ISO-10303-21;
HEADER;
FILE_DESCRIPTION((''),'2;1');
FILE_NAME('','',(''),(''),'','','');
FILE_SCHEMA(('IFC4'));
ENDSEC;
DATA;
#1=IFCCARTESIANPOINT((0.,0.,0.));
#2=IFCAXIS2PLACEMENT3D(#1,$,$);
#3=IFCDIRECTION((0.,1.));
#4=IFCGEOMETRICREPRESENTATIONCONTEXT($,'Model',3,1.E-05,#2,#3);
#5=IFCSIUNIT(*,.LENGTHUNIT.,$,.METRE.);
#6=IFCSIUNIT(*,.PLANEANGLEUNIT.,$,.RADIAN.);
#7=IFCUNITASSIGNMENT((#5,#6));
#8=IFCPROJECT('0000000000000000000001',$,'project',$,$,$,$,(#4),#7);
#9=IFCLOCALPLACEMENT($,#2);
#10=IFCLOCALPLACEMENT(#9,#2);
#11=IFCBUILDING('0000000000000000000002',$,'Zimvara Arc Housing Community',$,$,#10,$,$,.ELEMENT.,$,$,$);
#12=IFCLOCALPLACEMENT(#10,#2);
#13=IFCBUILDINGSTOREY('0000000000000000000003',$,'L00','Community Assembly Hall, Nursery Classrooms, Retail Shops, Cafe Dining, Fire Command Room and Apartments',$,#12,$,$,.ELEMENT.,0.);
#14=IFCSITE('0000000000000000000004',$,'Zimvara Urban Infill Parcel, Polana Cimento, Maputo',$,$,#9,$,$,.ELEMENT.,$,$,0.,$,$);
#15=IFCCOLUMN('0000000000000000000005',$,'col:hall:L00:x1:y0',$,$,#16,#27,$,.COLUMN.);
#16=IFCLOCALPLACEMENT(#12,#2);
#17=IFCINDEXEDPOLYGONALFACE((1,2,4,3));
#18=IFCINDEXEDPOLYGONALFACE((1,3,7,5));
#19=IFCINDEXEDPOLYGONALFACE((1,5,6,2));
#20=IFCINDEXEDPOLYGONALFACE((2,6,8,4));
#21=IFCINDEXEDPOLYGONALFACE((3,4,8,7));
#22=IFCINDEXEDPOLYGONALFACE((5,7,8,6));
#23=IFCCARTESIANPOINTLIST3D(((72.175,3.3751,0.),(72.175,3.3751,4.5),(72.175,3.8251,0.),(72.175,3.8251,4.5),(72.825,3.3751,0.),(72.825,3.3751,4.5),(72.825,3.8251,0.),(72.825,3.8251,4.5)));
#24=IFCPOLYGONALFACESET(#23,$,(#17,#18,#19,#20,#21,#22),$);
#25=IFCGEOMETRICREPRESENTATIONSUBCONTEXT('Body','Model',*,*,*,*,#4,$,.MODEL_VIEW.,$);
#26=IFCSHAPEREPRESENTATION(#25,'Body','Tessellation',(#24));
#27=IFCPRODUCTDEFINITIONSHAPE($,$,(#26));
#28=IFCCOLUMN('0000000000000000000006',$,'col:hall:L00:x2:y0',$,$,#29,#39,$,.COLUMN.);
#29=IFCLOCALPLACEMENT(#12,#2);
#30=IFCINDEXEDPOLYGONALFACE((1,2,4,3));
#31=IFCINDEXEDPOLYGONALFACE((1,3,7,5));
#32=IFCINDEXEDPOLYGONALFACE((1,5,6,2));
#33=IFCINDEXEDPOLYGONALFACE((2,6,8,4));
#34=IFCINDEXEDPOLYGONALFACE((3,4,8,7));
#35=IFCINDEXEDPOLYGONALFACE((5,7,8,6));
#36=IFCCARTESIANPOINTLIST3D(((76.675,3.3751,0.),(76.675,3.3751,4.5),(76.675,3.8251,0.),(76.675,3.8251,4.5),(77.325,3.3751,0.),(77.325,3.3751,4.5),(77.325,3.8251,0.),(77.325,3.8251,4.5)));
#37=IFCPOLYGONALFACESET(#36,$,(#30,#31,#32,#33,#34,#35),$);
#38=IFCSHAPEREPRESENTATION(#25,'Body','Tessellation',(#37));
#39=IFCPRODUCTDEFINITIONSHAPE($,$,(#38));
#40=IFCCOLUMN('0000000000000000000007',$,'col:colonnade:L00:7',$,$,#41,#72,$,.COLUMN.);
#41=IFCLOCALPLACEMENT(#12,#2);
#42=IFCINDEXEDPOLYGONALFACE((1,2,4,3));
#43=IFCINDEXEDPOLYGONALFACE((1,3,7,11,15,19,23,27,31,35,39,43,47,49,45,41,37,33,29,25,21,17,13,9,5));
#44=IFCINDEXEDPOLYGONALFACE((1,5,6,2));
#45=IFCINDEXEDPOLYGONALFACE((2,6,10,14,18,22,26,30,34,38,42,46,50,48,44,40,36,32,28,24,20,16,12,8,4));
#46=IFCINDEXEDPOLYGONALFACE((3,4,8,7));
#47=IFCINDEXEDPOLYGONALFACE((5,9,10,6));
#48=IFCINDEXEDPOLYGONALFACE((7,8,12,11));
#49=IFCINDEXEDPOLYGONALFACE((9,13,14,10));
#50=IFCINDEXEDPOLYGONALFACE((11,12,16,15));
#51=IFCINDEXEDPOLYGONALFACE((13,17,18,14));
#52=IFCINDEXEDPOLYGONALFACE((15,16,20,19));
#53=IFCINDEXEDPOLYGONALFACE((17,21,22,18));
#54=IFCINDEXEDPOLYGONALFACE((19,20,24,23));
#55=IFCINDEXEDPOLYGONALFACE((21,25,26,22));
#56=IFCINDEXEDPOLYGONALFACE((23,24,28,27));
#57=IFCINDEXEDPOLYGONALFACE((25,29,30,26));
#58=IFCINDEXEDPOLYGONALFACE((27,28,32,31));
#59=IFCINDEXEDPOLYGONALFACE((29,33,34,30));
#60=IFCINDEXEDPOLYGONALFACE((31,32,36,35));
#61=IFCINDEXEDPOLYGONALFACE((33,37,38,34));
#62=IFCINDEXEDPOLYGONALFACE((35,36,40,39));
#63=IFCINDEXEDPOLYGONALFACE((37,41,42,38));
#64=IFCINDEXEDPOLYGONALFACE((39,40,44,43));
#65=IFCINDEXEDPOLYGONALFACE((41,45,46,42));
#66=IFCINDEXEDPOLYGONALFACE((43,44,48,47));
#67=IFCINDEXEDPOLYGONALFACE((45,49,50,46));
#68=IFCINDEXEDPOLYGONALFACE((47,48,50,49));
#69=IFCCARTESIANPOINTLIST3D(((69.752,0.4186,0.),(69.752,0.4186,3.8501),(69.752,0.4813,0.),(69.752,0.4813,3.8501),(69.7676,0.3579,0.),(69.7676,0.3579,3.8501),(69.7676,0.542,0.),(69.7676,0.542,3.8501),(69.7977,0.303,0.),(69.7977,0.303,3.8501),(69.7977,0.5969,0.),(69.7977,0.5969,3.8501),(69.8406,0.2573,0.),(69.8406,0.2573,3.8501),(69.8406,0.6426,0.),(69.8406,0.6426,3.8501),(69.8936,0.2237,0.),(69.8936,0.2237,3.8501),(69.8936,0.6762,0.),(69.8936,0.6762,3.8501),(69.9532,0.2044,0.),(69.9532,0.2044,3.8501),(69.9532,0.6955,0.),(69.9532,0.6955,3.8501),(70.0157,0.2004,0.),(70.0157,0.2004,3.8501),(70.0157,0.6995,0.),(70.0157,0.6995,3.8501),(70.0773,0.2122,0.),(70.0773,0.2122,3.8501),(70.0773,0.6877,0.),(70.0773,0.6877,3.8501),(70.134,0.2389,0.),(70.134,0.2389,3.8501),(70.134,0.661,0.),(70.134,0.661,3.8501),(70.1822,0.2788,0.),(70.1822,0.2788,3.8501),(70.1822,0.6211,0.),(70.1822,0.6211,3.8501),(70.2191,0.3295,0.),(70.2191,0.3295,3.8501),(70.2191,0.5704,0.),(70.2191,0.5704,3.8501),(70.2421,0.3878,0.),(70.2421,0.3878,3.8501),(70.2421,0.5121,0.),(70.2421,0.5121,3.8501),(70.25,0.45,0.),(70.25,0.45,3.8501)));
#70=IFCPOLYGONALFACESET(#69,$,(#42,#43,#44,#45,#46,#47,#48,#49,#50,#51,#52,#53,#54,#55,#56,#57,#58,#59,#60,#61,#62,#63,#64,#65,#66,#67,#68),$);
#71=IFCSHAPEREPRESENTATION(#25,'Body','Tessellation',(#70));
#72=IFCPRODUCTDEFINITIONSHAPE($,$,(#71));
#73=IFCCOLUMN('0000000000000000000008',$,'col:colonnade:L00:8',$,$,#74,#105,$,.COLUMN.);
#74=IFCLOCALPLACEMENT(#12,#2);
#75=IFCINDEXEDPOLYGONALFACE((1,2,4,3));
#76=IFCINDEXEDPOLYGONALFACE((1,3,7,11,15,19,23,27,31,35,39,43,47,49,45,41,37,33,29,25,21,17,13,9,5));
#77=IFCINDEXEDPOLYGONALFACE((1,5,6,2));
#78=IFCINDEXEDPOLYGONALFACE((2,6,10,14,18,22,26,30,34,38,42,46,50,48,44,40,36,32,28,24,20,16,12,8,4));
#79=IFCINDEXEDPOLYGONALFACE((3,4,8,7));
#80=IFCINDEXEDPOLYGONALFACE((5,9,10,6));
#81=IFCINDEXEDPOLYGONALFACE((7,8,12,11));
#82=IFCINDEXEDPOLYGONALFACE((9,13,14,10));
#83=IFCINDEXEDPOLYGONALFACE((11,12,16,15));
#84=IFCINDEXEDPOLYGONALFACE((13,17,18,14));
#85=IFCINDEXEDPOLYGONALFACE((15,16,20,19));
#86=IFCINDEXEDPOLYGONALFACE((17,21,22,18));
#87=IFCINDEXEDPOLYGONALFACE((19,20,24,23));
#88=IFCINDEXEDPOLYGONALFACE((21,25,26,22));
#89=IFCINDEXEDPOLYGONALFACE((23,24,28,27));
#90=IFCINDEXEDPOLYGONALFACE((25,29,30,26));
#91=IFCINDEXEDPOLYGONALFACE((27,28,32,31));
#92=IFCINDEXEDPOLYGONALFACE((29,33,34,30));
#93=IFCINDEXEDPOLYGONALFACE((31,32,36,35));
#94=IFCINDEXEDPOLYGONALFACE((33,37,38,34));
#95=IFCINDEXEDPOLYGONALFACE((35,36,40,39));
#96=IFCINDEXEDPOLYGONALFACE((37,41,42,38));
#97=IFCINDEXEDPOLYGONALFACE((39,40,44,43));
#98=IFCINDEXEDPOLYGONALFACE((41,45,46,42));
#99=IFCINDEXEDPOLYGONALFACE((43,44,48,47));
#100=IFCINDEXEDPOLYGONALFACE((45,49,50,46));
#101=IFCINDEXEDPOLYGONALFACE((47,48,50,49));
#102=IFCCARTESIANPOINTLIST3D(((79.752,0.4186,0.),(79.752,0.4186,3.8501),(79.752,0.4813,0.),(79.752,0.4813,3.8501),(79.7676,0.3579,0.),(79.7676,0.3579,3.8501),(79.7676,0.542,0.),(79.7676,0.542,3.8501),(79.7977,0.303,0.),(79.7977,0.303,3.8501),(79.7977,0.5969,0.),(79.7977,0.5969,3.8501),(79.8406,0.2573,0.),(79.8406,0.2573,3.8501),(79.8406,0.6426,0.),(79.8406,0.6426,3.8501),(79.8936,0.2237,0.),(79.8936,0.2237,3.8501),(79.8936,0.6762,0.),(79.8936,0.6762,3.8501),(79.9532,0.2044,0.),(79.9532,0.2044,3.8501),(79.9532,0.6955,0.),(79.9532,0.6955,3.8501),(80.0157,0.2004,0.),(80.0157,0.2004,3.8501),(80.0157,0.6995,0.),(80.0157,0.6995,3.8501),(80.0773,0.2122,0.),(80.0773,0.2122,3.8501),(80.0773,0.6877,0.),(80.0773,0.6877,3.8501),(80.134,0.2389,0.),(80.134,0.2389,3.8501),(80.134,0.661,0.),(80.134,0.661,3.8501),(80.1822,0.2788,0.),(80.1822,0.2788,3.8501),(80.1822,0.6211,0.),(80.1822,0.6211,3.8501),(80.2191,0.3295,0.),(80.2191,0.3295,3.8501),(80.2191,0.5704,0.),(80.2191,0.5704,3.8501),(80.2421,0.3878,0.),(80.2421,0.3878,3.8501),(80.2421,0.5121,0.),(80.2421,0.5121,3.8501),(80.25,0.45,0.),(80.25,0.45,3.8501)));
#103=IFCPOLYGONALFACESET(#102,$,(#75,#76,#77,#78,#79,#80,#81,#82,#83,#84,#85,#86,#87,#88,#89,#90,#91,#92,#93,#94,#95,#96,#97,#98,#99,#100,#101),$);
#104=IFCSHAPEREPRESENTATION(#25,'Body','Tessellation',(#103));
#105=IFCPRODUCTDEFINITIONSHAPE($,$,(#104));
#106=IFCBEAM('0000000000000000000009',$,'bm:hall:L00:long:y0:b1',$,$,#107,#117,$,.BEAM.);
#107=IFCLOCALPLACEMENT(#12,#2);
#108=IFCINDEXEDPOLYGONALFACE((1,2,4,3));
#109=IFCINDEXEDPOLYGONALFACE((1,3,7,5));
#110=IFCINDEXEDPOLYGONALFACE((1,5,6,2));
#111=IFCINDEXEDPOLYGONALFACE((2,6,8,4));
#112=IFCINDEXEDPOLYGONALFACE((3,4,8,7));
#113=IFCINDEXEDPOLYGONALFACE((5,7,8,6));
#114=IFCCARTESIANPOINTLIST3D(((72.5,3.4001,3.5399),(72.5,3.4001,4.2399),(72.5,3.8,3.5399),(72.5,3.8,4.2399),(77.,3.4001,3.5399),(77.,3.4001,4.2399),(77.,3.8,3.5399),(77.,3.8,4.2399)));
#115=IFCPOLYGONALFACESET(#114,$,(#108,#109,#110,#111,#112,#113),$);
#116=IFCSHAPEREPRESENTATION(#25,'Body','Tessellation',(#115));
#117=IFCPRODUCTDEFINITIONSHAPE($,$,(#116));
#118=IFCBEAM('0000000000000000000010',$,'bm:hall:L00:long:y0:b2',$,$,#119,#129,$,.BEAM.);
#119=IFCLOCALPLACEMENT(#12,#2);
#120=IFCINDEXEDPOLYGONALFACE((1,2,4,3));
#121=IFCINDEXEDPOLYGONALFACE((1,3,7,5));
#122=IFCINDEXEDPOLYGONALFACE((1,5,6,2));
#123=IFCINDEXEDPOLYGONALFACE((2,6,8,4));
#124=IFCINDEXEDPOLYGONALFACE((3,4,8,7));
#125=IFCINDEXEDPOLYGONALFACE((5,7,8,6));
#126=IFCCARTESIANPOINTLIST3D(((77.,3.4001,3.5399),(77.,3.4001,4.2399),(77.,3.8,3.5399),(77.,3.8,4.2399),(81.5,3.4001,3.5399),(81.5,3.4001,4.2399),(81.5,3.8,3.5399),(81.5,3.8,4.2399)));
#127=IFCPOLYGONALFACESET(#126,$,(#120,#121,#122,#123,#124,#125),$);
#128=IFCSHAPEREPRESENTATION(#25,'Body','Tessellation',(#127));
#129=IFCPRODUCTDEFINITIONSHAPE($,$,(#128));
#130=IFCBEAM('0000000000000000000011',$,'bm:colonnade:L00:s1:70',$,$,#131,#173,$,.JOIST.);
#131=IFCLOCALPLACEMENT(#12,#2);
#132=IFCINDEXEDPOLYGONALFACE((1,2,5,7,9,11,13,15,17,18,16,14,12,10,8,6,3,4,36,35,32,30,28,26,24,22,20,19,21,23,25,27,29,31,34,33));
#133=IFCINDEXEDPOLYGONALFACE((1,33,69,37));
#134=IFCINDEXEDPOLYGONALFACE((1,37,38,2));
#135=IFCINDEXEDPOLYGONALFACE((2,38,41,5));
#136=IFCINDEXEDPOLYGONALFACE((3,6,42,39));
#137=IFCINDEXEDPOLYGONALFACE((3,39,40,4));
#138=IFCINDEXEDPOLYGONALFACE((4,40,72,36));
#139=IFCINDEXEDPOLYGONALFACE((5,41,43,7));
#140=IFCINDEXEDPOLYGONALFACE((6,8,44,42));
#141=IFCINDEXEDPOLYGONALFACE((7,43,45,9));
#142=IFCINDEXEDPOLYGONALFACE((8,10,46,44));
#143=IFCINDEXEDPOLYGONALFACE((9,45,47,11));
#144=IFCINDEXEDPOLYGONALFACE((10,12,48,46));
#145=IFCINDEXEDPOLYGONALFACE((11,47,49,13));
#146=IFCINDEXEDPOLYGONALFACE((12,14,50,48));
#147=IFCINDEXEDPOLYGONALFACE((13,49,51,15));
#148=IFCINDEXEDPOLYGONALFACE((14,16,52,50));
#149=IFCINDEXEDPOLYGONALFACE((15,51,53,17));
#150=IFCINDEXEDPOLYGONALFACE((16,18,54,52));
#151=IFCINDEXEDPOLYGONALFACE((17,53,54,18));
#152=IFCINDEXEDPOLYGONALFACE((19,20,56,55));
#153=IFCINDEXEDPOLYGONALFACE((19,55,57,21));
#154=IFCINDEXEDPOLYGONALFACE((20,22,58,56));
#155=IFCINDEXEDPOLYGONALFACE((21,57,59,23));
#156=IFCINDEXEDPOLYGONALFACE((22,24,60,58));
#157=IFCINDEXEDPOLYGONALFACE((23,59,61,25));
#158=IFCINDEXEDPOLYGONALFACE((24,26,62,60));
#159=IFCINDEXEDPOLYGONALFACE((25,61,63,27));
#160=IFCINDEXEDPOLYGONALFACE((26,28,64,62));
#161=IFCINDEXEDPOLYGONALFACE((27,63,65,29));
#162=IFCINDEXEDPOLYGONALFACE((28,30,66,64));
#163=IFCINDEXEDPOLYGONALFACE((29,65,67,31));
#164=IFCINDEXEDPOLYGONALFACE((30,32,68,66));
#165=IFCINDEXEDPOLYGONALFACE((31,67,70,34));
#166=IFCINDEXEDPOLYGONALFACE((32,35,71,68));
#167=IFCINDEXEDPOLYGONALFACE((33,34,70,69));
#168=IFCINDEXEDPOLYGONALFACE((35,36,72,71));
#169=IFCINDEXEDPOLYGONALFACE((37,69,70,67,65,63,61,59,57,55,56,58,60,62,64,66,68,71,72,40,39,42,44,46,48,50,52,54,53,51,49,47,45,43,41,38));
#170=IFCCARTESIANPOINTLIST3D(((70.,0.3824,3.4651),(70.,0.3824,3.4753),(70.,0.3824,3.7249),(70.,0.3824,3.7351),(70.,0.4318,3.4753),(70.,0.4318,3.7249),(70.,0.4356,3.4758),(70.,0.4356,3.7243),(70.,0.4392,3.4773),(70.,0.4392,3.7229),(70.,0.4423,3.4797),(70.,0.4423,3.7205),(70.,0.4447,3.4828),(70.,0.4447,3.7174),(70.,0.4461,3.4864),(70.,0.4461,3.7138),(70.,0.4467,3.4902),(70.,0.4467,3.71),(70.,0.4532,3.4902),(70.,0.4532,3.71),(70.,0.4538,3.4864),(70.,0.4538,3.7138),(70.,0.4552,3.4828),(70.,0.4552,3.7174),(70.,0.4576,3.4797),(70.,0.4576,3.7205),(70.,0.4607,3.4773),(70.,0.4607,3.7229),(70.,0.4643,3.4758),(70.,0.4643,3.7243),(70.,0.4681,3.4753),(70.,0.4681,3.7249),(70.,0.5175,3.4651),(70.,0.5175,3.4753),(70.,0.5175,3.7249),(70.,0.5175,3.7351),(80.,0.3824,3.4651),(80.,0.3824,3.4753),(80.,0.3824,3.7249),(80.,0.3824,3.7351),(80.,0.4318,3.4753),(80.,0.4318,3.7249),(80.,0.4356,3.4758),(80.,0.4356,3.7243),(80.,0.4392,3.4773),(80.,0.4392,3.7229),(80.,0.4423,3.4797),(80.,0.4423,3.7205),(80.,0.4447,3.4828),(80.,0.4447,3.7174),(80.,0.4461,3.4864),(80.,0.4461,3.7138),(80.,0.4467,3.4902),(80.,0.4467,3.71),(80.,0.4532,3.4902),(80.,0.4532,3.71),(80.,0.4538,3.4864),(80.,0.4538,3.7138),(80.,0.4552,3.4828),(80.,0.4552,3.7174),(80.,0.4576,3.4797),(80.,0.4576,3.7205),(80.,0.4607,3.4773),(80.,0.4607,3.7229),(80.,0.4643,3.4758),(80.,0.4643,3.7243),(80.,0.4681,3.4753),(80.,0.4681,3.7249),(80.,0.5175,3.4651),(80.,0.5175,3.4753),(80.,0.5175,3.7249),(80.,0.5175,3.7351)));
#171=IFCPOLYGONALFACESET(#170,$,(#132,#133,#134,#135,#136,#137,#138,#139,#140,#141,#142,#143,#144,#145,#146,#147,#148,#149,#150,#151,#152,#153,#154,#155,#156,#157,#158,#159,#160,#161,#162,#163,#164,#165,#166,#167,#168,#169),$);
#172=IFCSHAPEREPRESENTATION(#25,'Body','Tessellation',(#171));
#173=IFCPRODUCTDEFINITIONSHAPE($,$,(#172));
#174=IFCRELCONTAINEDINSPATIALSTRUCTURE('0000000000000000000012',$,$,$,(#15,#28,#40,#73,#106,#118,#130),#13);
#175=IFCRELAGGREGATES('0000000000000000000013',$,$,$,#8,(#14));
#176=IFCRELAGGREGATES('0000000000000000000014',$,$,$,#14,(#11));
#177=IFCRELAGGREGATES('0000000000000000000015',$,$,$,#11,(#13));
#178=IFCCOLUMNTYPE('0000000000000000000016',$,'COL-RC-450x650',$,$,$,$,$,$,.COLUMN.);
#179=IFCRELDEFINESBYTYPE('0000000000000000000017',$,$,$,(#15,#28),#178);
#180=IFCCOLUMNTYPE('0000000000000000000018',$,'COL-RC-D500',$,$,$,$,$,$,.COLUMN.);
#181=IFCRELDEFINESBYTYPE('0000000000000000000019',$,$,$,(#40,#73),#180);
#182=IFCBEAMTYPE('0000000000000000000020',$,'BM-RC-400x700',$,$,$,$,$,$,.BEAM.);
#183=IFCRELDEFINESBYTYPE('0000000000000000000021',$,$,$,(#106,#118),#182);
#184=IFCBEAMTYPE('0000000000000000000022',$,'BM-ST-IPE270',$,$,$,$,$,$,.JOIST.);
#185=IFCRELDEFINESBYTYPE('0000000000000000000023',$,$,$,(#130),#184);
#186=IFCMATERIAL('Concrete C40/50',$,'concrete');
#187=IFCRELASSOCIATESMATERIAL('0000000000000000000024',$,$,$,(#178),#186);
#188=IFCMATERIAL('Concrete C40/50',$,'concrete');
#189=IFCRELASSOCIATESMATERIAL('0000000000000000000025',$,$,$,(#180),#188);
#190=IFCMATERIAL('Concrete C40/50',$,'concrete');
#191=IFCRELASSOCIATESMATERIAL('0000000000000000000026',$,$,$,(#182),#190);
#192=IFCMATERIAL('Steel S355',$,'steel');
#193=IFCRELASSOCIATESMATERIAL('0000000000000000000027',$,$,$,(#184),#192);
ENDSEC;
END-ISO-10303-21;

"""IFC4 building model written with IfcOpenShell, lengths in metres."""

from ifc_helpers import new_model, si_unit, direction, frame, origin, origin_2d, place, context, subcontext, project, spatial, rectangle, circle, i_section, extrude, material, material_profile, profile_set, type_object, element, save


model = new_model("IFC4")

# Units and contexts
model_context = context("Model", 3, precision=1e-05, world=origin(), true_north=direction((0.0, 1.0)))
body_context = subcontext(model_context, "Body", "Model", "MODEL_VIEW")
ifc_project = project(units=[si_unit("LENGTHUNIT", "METRE"), si_unit("PLANEANGLEUNIT", "RADIAN")], contexts=[model_context])

# Site, building, storey
site_placement = place(None, origin())
site = spatial("IfcSite", under=ifc_project, at=site_placement, Name="Zimvara Urban Infill Parcel, Polana Cimento, Maputo", CompositionType="ELEMENT", RefElevation=0.0)
building_placement = place(site_placement, origin())
building = spatial("IfcBuilding", under=site, at=building_placement, Name="Zimvara Arc Housing Community", CompositionType="ELEMENT")
storey_placement = place(building_placement, origin())
storey = spatial("IfcBuildingStorey", under=building, at=storey_placement, Name="L00", Description="Community Assembly Hall, Nursery Classrooms, Retail Shops, Cafe Dining, Fire Command Room and Apartments", CompositionType="ELEMENT", Elevation=0.0)

# Columns
ifc_material_1 = material(Name="Concrete C40/50", Category="concrete")
ifc_material_profile_1 = material_profile(ifc_material_1, rectangle(XDim=0.45, YDim=0.6499, at=origin_2d()), Name="RC 450x650")
ifc_profile_set_1 = profile_set([ifc_material_profile_1], Name="Concrete C40/50")
column_type_1 = type_object("IfcColumnType", Name="COL-RC-450x650", PredefinedType="COLUMN", material=ifc_profile_set_1)
for number, where, z_axis, x_axis, name in (
    (1, (72.5, 3.6001, 0.0), (0.0, 0.0, 1.0), (0.0, 1.0, 0.0), "col:hall:L00:x1:y0"),
    (2, (77.0, 3.6001, 0.0), (0.0, 0.0, 1.0), (0.0, 1.0, 0.0), "col:hall:L00:x2:y0"),
):
    element("IfcColumn", number, at=place(storey_placement, frame(where, z_axis=z_axis, x_axis=x_axis)), inside=storey, type_object=column_type_1, Name=name, PredefinedType="COLUMN", context=body_context, shape_type="SweptSolid", body=[
        extrude(rectangle(XDim=0.45, YDim=0.6499, at=origin_2d()), origin(), (0.0, 0.0, 1.0), 4.5),
    ])
ifc_material_2 = material(Name="Concrete C40/50", Category="concrete")
ifc_material_profile_2 = material_profile(ifc_material_2, circle(Radius=0.25, at=origin_2d()), Name="RC D500")
ifc_profile_set_2 = profile_set([ifc_material_profile_2], Name="Concrete C40/50")
column_type_2 = type_object("IfcColumnType", Name="COL-RC-D500", PredefinedType="COLUMN", material=ifc_profile_set_2)
for number, where, z_axis, x_axis, name in (
    (3, (70.0, 0.45, 0.0), (0.0, 0.0, 1.0), (1.0, 0.0, 0.0), "col:colonnade:L00:7"),
    (4, (80.0, 0.45, 0.0), (0.0, 0.0, 1.0), (1.0, 0.0, 0.0), "col:colonnade:L00:8"),
):
    element("IfcColumn", number, at=place(storey_placement, frame(where, z_axis=z_axis, x_axis=x_axis)), inside=storey, type_object=column_type_2, Name=name, PredefinedType="COLUMN", context=body_context, shape_type="SweptSolid", body=[
        extrude(circle(Radius=0.25, at=origin_2d()), origin(), (0.0, 0.0, 1.0), 3.8501),
    ])

# Beams
ifc_material_3 = material(Name="Concrete C40/50", Category="concrete")
ifc_material_profile_3 = material_profile(ifc_material_3, rectangle(XDim=0.3999, YDim=0.7, at=origin_2d()), Name="RC 400x700")
ifc_profile_set_3 = profile_set([ifc_material_profile_3], Name="Concrete C40/50")
beam_type_1 = type_object("IfcBeamType", Name="BM-RC-400x700", PredefinedType="BEAM", material=ifc_profile_set_3)
for number, where, z_axis, x_axis, name in (
    (5, (72.5, 3.6001, 3.8899), (1.0, 0.0, 0.0), (0.0, 1.0, 0.0), "bm:hall:L00:long:y0:b1"),
    (6, (77.0, 3.6001, 3.8899), (1.0, 0.0, 0.0), (0.0, 1.0, 0.0), "bm:hall:L00:long:y0:b2"),
):
    element("IfcBeam", number, at=place(storey_placement, frame(where, z_axis=z_axis, x_axis=x_axis)), inside=storey, type_object=beam_type_1, Name=name, PredefinedType="BEAM", context=body_context, shape_type="SweptSolid", body=[
        extrude(rectangle(XDim=0.3999, YDim=0.7, at=origin_2d()), origin(), (0.0, 0.0, 1.0), 4.5),
    ])
ifc_material_4 = material(Name="Steel S355", Category="steel")
ifc_material_profile_4 = material_profile(ifc_material_4, i_section(OverallWidth=0.135, OverallDepth=0.27, WebThickness=0.0066, FlangeThickness=0.0103, FilletRadius=0.0149, at=origin_2d()), Name="IPE 270")
ifc_profile_set_4 = profile_set([ifc_material_profile_4], Name="Steel S355")
beam_type_2 = type_object("IfcBeamType", Name="BM-ST-IPE270", PredefinedType="JOIST", material=ifc_profile_set_4)
for number, where, z_axis, x_axis, name in (
    (7, (70.0, 0.45, 3.6001), (1.0, 0.0, 0.0), (0.0, 1.0, 0.0), "bm:colonnade:L00:s1:70"),
):
    element("IfcBeam", number, at=place(storey_placement, frame(where, z_axis=z_axis, x_axis=x_axis)), inside=storey, type_object=beam_type_2, Name=name, PredefinedType="JOIST", context=body_context, shape_type="SweptSolid", body=[
        extrude(i_section(OverallWidth=0.135, OverallDepth=0.27, WebThickness=0.0066, FlangeThickness=0.0103, FilletRadius=0.0149, at=origin_2d()), origin(), (0.0, 0.0, 1.0), 10.0),
    ])

save(model, "model.ifc")
